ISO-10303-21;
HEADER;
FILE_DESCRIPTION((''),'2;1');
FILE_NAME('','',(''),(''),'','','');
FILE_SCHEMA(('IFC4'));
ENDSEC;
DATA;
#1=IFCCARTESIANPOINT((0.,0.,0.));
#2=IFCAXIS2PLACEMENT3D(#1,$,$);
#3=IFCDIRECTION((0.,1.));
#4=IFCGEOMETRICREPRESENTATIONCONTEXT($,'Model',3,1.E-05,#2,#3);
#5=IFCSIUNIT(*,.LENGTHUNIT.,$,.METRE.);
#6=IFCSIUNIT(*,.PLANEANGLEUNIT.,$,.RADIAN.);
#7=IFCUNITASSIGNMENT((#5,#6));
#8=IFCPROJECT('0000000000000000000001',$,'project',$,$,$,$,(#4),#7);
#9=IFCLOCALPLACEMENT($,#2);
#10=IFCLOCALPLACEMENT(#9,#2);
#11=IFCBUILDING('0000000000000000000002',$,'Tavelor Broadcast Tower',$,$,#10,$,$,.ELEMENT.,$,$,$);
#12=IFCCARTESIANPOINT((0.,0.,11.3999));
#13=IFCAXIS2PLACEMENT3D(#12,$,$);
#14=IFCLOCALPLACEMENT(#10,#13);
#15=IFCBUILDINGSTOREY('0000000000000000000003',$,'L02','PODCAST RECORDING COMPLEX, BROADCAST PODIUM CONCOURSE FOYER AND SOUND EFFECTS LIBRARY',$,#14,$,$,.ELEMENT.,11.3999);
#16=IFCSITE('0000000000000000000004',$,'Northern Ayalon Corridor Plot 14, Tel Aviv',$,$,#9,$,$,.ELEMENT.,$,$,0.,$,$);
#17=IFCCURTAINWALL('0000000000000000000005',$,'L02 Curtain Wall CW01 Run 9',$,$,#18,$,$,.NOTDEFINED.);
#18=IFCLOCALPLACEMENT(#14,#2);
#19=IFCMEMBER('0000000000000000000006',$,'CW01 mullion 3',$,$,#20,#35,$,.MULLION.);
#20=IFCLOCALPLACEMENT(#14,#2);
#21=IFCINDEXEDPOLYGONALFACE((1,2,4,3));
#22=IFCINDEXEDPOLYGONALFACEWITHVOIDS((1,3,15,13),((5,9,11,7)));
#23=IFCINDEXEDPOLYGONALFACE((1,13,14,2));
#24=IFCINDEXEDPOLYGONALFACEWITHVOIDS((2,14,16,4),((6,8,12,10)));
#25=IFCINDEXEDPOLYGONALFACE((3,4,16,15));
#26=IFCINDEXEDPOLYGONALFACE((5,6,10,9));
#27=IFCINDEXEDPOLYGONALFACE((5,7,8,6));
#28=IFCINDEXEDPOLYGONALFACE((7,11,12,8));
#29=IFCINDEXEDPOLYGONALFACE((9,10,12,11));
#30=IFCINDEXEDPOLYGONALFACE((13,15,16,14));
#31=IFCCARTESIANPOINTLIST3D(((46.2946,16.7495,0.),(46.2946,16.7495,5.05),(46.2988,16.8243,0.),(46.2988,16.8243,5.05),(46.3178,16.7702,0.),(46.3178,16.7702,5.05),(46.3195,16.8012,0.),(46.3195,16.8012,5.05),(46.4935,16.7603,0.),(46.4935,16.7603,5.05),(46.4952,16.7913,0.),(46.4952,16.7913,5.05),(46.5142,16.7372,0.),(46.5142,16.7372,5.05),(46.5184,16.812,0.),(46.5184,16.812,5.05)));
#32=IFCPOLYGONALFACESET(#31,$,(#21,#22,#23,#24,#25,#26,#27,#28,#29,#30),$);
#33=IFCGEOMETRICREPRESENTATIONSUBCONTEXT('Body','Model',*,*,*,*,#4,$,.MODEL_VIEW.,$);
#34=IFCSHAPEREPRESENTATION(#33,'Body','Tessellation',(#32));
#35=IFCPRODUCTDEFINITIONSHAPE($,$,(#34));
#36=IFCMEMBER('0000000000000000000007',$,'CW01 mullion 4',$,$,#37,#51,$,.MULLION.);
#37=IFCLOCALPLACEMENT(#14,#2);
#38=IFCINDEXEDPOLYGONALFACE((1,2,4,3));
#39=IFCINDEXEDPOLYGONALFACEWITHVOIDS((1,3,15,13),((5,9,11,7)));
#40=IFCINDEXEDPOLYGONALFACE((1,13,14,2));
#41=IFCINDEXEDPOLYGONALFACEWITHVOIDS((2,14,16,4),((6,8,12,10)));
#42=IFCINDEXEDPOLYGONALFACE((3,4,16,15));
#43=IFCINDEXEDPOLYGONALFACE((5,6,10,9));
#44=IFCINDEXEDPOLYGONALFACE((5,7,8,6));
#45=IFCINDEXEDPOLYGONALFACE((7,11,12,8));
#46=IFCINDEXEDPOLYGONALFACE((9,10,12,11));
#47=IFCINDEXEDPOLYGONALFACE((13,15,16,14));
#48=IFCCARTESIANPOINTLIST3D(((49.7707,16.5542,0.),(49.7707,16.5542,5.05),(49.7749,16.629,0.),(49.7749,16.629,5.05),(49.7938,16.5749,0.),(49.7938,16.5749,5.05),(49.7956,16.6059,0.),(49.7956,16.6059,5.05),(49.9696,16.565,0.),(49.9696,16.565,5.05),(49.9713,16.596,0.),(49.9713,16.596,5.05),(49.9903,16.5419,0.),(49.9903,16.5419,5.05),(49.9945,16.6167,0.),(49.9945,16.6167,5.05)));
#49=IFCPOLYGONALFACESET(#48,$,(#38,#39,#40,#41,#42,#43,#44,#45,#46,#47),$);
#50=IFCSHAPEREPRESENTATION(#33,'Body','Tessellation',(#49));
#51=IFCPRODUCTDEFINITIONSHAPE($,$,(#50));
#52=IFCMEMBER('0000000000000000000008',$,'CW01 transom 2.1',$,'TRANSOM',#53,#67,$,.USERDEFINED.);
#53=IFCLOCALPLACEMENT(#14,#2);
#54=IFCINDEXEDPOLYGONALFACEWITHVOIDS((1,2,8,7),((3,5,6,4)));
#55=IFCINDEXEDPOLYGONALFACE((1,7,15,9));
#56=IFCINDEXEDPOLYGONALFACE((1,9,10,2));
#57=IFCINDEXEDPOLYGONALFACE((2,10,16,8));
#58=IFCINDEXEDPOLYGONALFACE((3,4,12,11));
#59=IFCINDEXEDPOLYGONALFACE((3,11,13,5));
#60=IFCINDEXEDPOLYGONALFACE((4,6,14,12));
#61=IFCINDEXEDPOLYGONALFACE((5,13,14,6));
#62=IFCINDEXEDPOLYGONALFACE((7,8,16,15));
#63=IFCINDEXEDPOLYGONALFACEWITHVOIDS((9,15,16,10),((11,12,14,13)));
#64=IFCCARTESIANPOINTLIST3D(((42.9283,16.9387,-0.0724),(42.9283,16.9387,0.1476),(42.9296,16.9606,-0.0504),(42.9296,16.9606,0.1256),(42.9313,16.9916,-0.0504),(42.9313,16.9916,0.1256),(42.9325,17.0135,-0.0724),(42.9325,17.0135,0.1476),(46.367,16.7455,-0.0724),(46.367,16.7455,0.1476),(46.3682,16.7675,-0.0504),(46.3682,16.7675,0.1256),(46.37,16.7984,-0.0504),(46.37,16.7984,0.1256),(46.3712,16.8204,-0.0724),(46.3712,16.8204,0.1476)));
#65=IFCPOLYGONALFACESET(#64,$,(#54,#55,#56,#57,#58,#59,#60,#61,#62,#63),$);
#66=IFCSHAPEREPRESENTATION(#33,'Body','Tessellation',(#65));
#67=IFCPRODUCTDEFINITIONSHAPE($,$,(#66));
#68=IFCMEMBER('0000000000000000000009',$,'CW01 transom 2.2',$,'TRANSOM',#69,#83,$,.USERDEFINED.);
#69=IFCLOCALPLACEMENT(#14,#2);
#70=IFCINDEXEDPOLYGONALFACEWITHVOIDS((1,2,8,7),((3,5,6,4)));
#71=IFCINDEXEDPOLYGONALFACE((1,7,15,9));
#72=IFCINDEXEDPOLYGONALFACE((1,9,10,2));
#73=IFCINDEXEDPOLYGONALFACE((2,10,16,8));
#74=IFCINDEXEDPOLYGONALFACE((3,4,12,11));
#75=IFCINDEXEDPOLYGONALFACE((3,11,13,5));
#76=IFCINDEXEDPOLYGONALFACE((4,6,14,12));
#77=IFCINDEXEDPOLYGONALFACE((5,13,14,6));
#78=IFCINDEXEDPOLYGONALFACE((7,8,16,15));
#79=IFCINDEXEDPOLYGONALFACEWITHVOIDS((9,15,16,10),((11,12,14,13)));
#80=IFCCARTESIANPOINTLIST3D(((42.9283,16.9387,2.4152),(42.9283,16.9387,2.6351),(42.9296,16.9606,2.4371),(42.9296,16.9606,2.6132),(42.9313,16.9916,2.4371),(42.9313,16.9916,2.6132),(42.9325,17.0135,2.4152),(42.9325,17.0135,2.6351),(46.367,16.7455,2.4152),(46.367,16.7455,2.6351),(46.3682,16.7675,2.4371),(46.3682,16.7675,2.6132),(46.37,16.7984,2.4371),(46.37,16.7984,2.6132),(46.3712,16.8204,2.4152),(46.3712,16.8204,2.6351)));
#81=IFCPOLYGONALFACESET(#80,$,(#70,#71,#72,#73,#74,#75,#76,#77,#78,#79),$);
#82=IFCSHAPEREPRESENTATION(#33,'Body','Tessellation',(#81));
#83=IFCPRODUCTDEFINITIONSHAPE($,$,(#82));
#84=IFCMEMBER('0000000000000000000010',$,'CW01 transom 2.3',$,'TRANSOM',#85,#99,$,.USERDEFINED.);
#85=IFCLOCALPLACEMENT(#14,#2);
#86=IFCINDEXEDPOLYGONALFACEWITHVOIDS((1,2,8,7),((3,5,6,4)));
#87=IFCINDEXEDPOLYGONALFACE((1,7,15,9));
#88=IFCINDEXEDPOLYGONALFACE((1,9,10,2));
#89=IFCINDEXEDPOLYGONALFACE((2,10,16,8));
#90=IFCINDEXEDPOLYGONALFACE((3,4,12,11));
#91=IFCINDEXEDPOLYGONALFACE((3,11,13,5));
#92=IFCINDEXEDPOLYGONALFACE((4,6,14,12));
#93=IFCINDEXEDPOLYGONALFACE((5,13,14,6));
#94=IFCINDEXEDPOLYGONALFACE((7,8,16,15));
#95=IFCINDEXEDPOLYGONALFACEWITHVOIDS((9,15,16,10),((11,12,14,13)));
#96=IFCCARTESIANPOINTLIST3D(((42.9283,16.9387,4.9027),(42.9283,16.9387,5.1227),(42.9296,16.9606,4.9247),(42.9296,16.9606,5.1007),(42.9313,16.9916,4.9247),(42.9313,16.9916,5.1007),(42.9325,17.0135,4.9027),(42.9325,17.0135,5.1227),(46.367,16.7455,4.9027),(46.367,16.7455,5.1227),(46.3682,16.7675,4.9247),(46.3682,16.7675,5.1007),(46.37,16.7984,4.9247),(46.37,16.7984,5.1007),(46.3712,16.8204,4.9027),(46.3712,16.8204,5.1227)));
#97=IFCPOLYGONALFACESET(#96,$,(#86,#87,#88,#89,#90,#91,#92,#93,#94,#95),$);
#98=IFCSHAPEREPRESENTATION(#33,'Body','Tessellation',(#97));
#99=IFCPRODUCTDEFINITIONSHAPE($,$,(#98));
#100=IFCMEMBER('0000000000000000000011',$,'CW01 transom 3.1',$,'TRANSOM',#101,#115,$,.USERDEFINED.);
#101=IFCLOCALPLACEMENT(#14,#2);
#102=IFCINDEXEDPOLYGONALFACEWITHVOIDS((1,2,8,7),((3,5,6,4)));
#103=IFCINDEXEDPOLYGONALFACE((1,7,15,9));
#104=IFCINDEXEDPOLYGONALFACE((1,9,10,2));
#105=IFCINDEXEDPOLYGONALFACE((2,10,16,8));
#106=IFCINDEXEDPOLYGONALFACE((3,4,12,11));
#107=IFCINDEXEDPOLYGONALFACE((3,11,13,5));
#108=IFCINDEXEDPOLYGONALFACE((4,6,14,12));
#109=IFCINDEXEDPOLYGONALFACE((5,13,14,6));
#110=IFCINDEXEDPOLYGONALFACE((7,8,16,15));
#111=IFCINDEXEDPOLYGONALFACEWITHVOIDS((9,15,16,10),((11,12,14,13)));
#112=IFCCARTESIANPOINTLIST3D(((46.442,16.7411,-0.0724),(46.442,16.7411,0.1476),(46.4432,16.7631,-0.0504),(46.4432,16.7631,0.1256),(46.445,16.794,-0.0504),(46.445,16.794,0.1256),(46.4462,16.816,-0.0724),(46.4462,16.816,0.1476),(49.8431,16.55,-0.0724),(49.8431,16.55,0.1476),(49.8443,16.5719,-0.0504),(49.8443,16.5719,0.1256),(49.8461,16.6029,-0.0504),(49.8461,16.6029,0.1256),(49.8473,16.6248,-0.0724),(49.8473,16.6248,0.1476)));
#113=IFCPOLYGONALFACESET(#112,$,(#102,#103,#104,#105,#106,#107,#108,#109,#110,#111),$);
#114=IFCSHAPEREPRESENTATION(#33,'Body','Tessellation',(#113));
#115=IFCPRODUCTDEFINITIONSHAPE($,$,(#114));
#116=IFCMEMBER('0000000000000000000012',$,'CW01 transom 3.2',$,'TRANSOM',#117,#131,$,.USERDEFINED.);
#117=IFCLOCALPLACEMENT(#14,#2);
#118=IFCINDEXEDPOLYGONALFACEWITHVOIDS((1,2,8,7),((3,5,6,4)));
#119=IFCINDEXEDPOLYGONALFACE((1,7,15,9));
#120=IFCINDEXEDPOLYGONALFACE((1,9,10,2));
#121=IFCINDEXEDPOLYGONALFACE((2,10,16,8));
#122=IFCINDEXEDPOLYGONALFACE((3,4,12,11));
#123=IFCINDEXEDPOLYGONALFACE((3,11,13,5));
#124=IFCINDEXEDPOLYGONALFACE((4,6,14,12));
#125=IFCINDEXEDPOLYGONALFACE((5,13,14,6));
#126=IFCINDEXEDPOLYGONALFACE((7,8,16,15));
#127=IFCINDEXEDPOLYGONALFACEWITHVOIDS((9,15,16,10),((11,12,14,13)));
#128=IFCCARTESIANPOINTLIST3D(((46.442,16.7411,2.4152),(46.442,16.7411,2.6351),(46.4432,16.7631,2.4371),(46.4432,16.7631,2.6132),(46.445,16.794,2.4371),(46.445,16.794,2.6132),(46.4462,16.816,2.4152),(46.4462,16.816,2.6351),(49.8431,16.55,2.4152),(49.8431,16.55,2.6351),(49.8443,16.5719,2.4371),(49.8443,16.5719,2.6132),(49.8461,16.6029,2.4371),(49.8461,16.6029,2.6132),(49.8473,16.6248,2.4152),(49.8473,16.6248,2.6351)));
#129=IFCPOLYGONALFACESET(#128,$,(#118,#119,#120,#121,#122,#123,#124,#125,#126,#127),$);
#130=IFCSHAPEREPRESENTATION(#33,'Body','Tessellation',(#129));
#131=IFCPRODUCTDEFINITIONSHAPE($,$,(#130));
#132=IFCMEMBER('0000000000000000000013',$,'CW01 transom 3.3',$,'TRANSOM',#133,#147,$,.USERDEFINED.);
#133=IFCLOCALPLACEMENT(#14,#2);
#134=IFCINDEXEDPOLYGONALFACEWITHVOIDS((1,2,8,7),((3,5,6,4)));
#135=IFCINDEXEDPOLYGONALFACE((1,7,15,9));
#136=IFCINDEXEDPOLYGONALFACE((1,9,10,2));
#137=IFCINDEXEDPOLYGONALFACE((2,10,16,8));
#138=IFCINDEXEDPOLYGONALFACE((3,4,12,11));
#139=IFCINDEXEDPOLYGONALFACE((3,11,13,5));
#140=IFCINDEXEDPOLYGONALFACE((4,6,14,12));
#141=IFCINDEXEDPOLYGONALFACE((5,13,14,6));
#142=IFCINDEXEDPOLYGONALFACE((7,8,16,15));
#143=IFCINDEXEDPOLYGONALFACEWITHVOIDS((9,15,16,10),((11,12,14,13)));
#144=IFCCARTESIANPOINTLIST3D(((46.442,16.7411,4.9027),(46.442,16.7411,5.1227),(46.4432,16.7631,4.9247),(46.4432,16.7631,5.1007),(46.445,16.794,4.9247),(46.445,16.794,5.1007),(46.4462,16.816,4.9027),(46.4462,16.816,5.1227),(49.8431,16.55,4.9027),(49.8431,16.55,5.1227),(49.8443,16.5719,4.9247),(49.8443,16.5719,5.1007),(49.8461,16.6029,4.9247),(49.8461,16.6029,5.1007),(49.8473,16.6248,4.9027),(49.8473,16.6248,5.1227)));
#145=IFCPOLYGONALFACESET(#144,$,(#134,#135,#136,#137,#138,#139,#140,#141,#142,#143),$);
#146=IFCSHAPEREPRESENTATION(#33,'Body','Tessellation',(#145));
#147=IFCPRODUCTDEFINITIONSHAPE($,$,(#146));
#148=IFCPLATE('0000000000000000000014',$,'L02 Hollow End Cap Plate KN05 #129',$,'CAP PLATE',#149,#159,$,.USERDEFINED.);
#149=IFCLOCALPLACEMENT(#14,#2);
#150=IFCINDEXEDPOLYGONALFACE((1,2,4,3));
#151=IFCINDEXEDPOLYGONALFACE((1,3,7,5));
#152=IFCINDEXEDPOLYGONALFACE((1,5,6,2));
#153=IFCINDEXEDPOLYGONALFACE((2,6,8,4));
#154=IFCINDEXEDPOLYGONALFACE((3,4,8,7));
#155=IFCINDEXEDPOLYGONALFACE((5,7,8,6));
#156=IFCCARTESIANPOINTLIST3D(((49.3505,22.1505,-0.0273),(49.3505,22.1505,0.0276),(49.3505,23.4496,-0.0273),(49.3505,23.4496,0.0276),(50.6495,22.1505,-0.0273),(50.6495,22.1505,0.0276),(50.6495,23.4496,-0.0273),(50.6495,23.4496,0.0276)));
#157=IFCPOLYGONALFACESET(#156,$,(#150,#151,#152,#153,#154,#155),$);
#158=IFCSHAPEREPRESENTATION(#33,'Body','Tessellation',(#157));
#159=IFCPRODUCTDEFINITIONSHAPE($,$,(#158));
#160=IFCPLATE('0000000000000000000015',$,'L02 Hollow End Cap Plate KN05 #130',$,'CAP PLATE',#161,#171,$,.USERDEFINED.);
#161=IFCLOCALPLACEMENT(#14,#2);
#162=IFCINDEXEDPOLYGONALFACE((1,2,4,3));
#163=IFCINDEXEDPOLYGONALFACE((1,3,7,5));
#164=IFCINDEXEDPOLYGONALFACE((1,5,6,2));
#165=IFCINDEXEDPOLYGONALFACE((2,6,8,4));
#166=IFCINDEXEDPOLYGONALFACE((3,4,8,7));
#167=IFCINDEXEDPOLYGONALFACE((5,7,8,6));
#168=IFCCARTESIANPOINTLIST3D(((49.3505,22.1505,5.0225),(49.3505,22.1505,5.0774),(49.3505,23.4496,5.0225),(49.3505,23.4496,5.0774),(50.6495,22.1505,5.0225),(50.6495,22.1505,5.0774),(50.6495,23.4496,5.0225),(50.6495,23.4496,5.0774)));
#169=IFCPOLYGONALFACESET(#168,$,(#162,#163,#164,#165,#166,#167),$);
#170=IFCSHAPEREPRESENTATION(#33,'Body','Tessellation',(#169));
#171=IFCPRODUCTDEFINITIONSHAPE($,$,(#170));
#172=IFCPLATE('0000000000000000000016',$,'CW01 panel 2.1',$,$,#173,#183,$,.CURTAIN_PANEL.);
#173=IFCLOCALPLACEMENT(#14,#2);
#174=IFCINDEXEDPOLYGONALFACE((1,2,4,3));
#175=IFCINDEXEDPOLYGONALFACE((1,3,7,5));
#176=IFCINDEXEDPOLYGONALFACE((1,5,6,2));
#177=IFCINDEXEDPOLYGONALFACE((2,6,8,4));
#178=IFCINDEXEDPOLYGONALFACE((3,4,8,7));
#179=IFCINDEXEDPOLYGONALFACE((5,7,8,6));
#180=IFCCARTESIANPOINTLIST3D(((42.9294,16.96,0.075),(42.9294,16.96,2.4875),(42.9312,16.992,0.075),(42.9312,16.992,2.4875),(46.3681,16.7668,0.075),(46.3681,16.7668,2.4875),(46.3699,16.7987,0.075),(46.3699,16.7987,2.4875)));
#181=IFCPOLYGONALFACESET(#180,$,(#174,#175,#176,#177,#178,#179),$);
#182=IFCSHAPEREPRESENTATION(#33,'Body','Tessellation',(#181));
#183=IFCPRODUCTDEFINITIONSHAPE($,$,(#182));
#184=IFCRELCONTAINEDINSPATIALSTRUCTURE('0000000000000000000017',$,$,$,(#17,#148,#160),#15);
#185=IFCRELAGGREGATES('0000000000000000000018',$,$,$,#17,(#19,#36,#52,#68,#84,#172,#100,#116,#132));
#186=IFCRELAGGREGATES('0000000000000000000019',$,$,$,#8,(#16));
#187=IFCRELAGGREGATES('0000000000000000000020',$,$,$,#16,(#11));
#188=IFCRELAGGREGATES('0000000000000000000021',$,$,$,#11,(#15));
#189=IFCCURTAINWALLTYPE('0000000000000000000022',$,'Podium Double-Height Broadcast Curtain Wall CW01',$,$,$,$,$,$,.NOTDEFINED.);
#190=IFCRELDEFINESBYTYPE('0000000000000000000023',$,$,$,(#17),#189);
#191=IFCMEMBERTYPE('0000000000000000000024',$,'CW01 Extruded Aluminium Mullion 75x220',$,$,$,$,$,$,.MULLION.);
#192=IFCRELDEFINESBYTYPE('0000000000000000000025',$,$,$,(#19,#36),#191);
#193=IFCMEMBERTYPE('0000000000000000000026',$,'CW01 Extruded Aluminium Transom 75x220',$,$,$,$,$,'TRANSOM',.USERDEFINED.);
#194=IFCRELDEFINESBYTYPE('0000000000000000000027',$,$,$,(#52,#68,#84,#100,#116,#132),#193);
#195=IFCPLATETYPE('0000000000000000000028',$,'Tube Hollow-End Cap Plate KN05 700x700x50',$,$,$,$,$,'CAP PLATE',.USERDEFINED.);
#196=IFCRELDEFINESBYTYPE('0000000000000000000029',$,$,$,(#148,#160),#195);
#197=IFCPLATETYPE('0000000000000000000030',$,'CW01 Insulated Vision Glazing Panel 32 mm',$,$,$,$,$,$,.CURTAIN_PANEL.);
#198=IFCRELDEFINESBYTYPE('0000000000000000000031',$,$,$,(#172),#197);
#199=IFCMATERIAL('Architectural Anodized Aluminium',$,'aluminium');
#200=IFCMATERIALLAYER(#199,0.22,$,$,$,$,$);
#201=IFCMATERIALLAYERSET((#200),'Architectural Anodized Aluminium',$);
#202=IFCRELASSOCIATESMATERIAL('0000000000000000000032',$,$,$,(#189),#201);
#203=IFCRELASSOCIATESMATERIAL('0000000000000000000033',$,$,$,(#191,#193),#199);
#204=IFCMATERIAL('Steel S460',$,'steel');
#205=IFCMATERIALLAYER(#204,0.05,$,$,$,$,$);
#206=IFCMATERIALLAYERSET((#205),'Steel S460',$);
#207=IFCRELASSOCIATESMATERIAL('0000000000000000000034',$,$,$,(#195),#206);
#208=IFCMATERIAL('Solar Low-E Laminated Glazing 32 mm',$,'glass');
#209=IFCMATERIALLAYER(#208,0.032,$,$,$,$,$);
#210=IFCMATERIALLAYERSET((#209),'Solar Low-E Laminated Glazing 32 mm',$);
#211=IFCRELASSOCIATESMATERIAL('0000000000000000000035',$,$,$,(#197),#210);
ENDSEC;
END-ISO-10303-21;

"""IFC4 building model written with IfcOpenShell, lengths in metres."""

from ifc_helpers import new_model, si_unit, direction, frame, origin, origin_2d, place, context, subcontext, project, spatial, rectangle, hollow_rectangle, extrude, source, transform, mapped, material, layer, layer_set, material_profile, profile_set, type_object, type_shapes, element, aggregate, save


model = new_model("IFC4")

# Units and contexts
model_context = context("Model", 3, precision=1e-05, world=origin(), true_north=direction((0.0, 1.0)))
body_context = subcontext(model_context, "Body", "Model", "MODEL_VIEW")
ifc_project = project(units=[si_unit("LENGTHUNIT", "METRE"), si_unit("PLANEANGLEUNIT", "RADIAN")], contexts=[model_context])

# Site, building, storey
site_placement = place(None, origin())
site = spatial("IfcSite", under=ifc_project, at=site_placement, Name="Northern Ayalon Corridor Plot 14, Tel Aviv", CompositionType="ELEMENT", RefElevation=0.0)
building_placement = place(site_placement, origin())
building = spatial("IfcBuilding", under=site, at=building_placement, Name="Tavelor Broadcast Tower", CompositionType="ELEMENT")
storey_placement = place(building_placement, frame((0.0, 0.0, 11.3999)))
storey = spatial("IfcBuildingStorey", under=building, at=storey_placement, Name="L02", Description="PODCAST RECORDING COMPLEX, BROADCAST PODIUM CONCOURSE FOYER AND SOUND EFFECTS LIBRARY", CompositionType="ELEMENT", Elevation=11.3999)

# Shared definitions
ifc_material_1 = material(Name="Steel S460", Category="steel")

# Curtain wall, members
ifc_material_2 = material(Name="Architectural Anodized Aluminium", Category="aluminium")
ifc_layer_1 = layer(ifc_material_2, 0.22)
ifc_layer_set_1 = layer_set([ifc_layer_1], Name="Architectural Anodized Aluminium")
curtain_wall_type = type_object("IfcCurtainWallType", Name="Podium Double-Height Broadcast Curtain Wall CW01", PredefinedType="NOTDEFINED", material=ifc_layer_set_1)
curtain_wall_placement = place(storey_placement, origin())
curtain_wall = element("IfcCurtainWall", 1, at=curtain_wall_placement, inside=storey, type_object=curtain_wall_type, Name="L02 Curtain Wall CW01 Run 9", PredefinedType="NOTDEFINED")
ifc_material_profile_1 = material_profile(ifc_material_2, hollow_rectangle(XDim=0.075, YDim=0.22, WallThickness=0.022, at=origin_2d()), Name="RHS 75x220x22")
ifc_profile_set_1 = profile_set([ifc_material_profile_1], Name="Architectural Anodized Aluminium")
member_type_1 = type_object("IfcMemberType", Name="CW01 Extruded Aluminium Mullion 75x220", PredefinedType="MULLION", material=ifc_profile_set_1)
shared_shape_1 = source(origin(), body_context, "Body", "SweptSolid", [
    extrude(hollow_rectangle(XDim=0.075, YDim=0.22, WallThickness=0.022, at=origin_2d()), origin(), (0.0, 0.0, 1.0), 5.05),
])
type_shapes(member_type_1, [shared_shape_1])
member_1_placement = place(storey_placement, frame((46.4065, 16.7808, 0.0), z_axis=(0.0, 0.0, 1.0), x_axis=(0.056103, 0.998425, 0.0)))
member_1 = element("IfcMember", 2, at=member_1_placement, type_object=member_type_1, Name="CW01 mullion 3", PredefinedType="MULLION", context=body_context, shape_type="MappedRepresentation", body=[
    mapped(shared_shape_1, transform((0.0, 0.0, 0.0), scale=1.0)),
])
member_2_placement = place(storey_placement, frame((49.8826, 16.5854, 0.0), z_axis=(0.0, 0.0, 1.0), x_axis=(0.056103, 0.998425, 0.0)))
member_2 = element("IfcMember", 3, at=member_2_placement, type_object=member_type_1, Name="CW01 mullion 4", PredefinedType="MULLION", context=body_context, shape_type="MappedRepresentation", body=[
    mapped(shared_shape_1, transform((0.0, 0.0, 0.0), scale=1.0)),
])
ifc_material_profile_2 = material_profile(ifc_material_2, hollow_rectangle(XDim=0.075, YDim=0.22, WallThickness=0.022, at=origin_2d()), Name="RHS 75x220x22")
ifc_profile_set_2 = profile_set([ifc_material_profile_2], Name="Architectural Anodized Aluminium")
member_type_2 = type_object("IfcMemberType", Name="CW01 Extruded Aluminium Transom 75x220", ElementType="TRANSOM", PredefinedType="USERDEFINED", material=ifc_profile_set_2)
shared_shape_2 = source(origin(), body_context, "Body", "SweptSolid", [
    extrude(hollow_rectangle(XDim=0.075, YDim=0.22, WallThickness=0.022, at=origin_2d()), origin(), (0.0, 0.0, 1.0), 3.4441),
])
member_3_placement = place(storey_placement, frame((42.9304, 16.9761, 0.0376), z_axis=(0.998427, -0.056071, 0.0), x_axis=(0.056071, 0.998427, 0.0)))
member_3 = element("IfcMember", 4, at=member_3_placement, type_object=member_type_2, Name="CW01 transom 2.1", ObjectType="TRANSOM", PredefinedType="USERDEFINED", context=body_context, shape_type="MappedRepresentation", body=[
    mapped(shared_shape_2, transform((0.0, 0.0, 0.0), scale=1.0)),
])
member_4_placement = place(storey_placement, frame((42.9304, 16.9761, 2.5251), z_axis=(0.998427, -0.056071, 0.0), x_axis=(0.056071, 0.998427, 0.0)))
member_4 = element("IfcMember", 5, at=member_4_placement, type_object=member_type_2, Name="CW01 transom 2.2", ObjectType="TRANSOM", PredefinedType="USERDEFINED", context=body_context, shape_type="MappedRepresentation", body=[
    mapped(shared_shape_2, transform((0.0, 0.0, 0.0), scale=1.0)),
])
member_5_placement = place(storey_placement, frame((42.9304, 16.9761, 5.0127), z_axis=(0.998427, -0.056071, 0.0), x_axis=(0.056071, 0.998427, 0.0)))
member_5 = element("IfcMember", 6, at=member_5_placement, type_object=member_type_2, Name="CW01 transom 2.3", ObjectType="TRANSOM", PredefinedType="USERDEFINED", context=body_context, shape_type="MappedRepresentation", body=[
    mapped(shared_shape_2, transform((0.0, 0.0, 0.0), scale=1.0)),
])
shared_shape_3 = source(origin(), body_context, "Body", "SweptSolid", [
    extrude(hollow_rectangle(XDim=0.075, YDim=0.22, WallThickness=0.022, at=origin_2d()), origin(), (0.0, 0.0, 1.0), 3.4065),
])
type_shapes(member_type_2, [shared_shape_2, shared_shape_3])
member_6_placement = place(storey_placement, frame((46.4441, 16.7786, 0.0376), z_axis=(0.998424, -0.056117, 0.0), x_axis=(0.056117, 0.998424, 0.0)))
member_6 = element("IfcMember", 7, at=member_6_placement, type_object=member_type_2, Name="CW01 transom 3.1", ObjectType="TRANSOM", PredefinedType="USERDEFINED", context=body_context, shape_type="MappedRepresentation", body=[
    mapped(shared_shape_3, transform((0.0, 0.0, 0.0), scale=1.0)),
])
member_7_placement = place(storey_placement, frame((46.4441, 16.7786, 2.5251), z_axis=(0.998424, -0.056117, 0.0), x_axis=(0.056117, 0.998424, 0.0)))
member_7 = element("IfcMember", 8, at=member_7_placement, type_object=member_type_2, Name="CW01 transom 3.2", ObjectType="TRANSOM", PredefinedType="USERDEFINED", context=body_context, shape_type="MappedRepresentation", body=[
    mapped(shared_shape_3, transform((0.0, 0.0, 0.0), scale=1.0)),
])
member_8_placement = place(storey_placement, frame((46.4441, 16.7786, 5.0127), z_axis=(0.998424, -0.056117, 0.0), x_axis=(0.056117, 0.998424, 0.0)))
member_8 = element("IfcMember", 9, at=member_8_placement, type_object=member_type_2, Name="CW01 transom 3.3", ObjectType="TRANSOM", PredefinedType="USERDEFINED", context=body_context, shape_type="MappedRepresentation", body=[
    mapped(shared_shape_3, transform((0.0, 0.0, 0.0), scale=1.0)),
])

# Plates
ifc_layer_2 = layer(ifc_material_1, 0.05)
ifc_layer_set_2 = layer_set([ifc_layer_2], Name="Steel S460")
plate_type_1 = type_object("IfcPlateType", Name="Tube Hollow-End Cap Plate KN05 700x700x50", ElementType="CAP PLATE", PredefinedType="USERDEFINED", material=ifc_layer_set_2)
shared_shape_4 = source(origin(), body_context, "Body", "SweptSolid", [
    extrude(rectangle(XDim=1.2991, YDim=1.2991, at=origin_2d()), origin(), (0.0, 0.0, 1.0), 0.0549),
])
type_shapes(plate_type_1, [shared_shape_4])
for number, where, z_axis, x_axis, name in (
    (10, (50.0, 22.8, -0.0273), (0.0, 0.0, 1.0), (1.0, 0.0, 0.0), "L02 Hollow End Cap Plate KN05 #129"),
    (11, (50.0, 22.8, 5.0225), (0.0, 0.0, 1.0), (1.0, 0.0, 0.0), "L02 Hollow End Cap Plate KN05 #130"),
):
    element("IfcPlate", number, at=place(storey_placement, frame(where, z_axis=z_axis, x_axis=x_axis)), inside=storey, type_object=plate_type_1, Name=name, ObjectType="CAP PLATE", PredefinedType="USERDEFINED", context=body_context, shape_type="MappedRepresentation", body=[
        mapped(shared_shape_4, transform((0.0, 0.0, 0.0), scale=1.0)),
    ])

# Plate
ifc_material_3 = material(Name="Solar Low-E Laminated Glazing 32 mm", Category="glass")
ifc_layer_3 = layer(ifc_material_3, 0.032)
ifc_layer_set_3 = layer_set([ifc_layer_3], Name="Solar Low-E Laminated Glazing 32 mm")
plate_type_2 = type_object("IfcPlateType", Name="CW01 Insulated Vision Glazing Panel 32 mm", PredefinedType="CURTAIN_PANEL", material=ifc_layer_set_3)
shared_shape_5 = source(origin(), body_context, "Body", "SweptSolid", [
    extrude(rectangle(XDim=3.4441, YDim=0.032, at=origin_2d()), origin(), (0.0, 0.0, 1.0), 2.4126),
])
plate_1_placement = place(storey_placement, frame((44.6497, 16.8794, 0.075), z_axis=(0.0, 0.0, 1.0), x_axis=(0.998425, -0.056103, 0.0)))
plate_1 = element("IfcPlate", 12, at=plate_1_placement, type_object=plate_type_2, Name="CW01 panel 2.1", PredefinedType="CURTAIN_PANEL", context=body_context, shape_type="MappedRepresentation", body=[
    mapped(shared_shape_5, transform((0.0, 0.0, 0.0), scale=1.0)),
])
aggregate(curtain_wall, [member_1, member_2, member_3, member_4, member_5, plate_1, member_6, member_7, member_8])

save(model, "model.ifc")
